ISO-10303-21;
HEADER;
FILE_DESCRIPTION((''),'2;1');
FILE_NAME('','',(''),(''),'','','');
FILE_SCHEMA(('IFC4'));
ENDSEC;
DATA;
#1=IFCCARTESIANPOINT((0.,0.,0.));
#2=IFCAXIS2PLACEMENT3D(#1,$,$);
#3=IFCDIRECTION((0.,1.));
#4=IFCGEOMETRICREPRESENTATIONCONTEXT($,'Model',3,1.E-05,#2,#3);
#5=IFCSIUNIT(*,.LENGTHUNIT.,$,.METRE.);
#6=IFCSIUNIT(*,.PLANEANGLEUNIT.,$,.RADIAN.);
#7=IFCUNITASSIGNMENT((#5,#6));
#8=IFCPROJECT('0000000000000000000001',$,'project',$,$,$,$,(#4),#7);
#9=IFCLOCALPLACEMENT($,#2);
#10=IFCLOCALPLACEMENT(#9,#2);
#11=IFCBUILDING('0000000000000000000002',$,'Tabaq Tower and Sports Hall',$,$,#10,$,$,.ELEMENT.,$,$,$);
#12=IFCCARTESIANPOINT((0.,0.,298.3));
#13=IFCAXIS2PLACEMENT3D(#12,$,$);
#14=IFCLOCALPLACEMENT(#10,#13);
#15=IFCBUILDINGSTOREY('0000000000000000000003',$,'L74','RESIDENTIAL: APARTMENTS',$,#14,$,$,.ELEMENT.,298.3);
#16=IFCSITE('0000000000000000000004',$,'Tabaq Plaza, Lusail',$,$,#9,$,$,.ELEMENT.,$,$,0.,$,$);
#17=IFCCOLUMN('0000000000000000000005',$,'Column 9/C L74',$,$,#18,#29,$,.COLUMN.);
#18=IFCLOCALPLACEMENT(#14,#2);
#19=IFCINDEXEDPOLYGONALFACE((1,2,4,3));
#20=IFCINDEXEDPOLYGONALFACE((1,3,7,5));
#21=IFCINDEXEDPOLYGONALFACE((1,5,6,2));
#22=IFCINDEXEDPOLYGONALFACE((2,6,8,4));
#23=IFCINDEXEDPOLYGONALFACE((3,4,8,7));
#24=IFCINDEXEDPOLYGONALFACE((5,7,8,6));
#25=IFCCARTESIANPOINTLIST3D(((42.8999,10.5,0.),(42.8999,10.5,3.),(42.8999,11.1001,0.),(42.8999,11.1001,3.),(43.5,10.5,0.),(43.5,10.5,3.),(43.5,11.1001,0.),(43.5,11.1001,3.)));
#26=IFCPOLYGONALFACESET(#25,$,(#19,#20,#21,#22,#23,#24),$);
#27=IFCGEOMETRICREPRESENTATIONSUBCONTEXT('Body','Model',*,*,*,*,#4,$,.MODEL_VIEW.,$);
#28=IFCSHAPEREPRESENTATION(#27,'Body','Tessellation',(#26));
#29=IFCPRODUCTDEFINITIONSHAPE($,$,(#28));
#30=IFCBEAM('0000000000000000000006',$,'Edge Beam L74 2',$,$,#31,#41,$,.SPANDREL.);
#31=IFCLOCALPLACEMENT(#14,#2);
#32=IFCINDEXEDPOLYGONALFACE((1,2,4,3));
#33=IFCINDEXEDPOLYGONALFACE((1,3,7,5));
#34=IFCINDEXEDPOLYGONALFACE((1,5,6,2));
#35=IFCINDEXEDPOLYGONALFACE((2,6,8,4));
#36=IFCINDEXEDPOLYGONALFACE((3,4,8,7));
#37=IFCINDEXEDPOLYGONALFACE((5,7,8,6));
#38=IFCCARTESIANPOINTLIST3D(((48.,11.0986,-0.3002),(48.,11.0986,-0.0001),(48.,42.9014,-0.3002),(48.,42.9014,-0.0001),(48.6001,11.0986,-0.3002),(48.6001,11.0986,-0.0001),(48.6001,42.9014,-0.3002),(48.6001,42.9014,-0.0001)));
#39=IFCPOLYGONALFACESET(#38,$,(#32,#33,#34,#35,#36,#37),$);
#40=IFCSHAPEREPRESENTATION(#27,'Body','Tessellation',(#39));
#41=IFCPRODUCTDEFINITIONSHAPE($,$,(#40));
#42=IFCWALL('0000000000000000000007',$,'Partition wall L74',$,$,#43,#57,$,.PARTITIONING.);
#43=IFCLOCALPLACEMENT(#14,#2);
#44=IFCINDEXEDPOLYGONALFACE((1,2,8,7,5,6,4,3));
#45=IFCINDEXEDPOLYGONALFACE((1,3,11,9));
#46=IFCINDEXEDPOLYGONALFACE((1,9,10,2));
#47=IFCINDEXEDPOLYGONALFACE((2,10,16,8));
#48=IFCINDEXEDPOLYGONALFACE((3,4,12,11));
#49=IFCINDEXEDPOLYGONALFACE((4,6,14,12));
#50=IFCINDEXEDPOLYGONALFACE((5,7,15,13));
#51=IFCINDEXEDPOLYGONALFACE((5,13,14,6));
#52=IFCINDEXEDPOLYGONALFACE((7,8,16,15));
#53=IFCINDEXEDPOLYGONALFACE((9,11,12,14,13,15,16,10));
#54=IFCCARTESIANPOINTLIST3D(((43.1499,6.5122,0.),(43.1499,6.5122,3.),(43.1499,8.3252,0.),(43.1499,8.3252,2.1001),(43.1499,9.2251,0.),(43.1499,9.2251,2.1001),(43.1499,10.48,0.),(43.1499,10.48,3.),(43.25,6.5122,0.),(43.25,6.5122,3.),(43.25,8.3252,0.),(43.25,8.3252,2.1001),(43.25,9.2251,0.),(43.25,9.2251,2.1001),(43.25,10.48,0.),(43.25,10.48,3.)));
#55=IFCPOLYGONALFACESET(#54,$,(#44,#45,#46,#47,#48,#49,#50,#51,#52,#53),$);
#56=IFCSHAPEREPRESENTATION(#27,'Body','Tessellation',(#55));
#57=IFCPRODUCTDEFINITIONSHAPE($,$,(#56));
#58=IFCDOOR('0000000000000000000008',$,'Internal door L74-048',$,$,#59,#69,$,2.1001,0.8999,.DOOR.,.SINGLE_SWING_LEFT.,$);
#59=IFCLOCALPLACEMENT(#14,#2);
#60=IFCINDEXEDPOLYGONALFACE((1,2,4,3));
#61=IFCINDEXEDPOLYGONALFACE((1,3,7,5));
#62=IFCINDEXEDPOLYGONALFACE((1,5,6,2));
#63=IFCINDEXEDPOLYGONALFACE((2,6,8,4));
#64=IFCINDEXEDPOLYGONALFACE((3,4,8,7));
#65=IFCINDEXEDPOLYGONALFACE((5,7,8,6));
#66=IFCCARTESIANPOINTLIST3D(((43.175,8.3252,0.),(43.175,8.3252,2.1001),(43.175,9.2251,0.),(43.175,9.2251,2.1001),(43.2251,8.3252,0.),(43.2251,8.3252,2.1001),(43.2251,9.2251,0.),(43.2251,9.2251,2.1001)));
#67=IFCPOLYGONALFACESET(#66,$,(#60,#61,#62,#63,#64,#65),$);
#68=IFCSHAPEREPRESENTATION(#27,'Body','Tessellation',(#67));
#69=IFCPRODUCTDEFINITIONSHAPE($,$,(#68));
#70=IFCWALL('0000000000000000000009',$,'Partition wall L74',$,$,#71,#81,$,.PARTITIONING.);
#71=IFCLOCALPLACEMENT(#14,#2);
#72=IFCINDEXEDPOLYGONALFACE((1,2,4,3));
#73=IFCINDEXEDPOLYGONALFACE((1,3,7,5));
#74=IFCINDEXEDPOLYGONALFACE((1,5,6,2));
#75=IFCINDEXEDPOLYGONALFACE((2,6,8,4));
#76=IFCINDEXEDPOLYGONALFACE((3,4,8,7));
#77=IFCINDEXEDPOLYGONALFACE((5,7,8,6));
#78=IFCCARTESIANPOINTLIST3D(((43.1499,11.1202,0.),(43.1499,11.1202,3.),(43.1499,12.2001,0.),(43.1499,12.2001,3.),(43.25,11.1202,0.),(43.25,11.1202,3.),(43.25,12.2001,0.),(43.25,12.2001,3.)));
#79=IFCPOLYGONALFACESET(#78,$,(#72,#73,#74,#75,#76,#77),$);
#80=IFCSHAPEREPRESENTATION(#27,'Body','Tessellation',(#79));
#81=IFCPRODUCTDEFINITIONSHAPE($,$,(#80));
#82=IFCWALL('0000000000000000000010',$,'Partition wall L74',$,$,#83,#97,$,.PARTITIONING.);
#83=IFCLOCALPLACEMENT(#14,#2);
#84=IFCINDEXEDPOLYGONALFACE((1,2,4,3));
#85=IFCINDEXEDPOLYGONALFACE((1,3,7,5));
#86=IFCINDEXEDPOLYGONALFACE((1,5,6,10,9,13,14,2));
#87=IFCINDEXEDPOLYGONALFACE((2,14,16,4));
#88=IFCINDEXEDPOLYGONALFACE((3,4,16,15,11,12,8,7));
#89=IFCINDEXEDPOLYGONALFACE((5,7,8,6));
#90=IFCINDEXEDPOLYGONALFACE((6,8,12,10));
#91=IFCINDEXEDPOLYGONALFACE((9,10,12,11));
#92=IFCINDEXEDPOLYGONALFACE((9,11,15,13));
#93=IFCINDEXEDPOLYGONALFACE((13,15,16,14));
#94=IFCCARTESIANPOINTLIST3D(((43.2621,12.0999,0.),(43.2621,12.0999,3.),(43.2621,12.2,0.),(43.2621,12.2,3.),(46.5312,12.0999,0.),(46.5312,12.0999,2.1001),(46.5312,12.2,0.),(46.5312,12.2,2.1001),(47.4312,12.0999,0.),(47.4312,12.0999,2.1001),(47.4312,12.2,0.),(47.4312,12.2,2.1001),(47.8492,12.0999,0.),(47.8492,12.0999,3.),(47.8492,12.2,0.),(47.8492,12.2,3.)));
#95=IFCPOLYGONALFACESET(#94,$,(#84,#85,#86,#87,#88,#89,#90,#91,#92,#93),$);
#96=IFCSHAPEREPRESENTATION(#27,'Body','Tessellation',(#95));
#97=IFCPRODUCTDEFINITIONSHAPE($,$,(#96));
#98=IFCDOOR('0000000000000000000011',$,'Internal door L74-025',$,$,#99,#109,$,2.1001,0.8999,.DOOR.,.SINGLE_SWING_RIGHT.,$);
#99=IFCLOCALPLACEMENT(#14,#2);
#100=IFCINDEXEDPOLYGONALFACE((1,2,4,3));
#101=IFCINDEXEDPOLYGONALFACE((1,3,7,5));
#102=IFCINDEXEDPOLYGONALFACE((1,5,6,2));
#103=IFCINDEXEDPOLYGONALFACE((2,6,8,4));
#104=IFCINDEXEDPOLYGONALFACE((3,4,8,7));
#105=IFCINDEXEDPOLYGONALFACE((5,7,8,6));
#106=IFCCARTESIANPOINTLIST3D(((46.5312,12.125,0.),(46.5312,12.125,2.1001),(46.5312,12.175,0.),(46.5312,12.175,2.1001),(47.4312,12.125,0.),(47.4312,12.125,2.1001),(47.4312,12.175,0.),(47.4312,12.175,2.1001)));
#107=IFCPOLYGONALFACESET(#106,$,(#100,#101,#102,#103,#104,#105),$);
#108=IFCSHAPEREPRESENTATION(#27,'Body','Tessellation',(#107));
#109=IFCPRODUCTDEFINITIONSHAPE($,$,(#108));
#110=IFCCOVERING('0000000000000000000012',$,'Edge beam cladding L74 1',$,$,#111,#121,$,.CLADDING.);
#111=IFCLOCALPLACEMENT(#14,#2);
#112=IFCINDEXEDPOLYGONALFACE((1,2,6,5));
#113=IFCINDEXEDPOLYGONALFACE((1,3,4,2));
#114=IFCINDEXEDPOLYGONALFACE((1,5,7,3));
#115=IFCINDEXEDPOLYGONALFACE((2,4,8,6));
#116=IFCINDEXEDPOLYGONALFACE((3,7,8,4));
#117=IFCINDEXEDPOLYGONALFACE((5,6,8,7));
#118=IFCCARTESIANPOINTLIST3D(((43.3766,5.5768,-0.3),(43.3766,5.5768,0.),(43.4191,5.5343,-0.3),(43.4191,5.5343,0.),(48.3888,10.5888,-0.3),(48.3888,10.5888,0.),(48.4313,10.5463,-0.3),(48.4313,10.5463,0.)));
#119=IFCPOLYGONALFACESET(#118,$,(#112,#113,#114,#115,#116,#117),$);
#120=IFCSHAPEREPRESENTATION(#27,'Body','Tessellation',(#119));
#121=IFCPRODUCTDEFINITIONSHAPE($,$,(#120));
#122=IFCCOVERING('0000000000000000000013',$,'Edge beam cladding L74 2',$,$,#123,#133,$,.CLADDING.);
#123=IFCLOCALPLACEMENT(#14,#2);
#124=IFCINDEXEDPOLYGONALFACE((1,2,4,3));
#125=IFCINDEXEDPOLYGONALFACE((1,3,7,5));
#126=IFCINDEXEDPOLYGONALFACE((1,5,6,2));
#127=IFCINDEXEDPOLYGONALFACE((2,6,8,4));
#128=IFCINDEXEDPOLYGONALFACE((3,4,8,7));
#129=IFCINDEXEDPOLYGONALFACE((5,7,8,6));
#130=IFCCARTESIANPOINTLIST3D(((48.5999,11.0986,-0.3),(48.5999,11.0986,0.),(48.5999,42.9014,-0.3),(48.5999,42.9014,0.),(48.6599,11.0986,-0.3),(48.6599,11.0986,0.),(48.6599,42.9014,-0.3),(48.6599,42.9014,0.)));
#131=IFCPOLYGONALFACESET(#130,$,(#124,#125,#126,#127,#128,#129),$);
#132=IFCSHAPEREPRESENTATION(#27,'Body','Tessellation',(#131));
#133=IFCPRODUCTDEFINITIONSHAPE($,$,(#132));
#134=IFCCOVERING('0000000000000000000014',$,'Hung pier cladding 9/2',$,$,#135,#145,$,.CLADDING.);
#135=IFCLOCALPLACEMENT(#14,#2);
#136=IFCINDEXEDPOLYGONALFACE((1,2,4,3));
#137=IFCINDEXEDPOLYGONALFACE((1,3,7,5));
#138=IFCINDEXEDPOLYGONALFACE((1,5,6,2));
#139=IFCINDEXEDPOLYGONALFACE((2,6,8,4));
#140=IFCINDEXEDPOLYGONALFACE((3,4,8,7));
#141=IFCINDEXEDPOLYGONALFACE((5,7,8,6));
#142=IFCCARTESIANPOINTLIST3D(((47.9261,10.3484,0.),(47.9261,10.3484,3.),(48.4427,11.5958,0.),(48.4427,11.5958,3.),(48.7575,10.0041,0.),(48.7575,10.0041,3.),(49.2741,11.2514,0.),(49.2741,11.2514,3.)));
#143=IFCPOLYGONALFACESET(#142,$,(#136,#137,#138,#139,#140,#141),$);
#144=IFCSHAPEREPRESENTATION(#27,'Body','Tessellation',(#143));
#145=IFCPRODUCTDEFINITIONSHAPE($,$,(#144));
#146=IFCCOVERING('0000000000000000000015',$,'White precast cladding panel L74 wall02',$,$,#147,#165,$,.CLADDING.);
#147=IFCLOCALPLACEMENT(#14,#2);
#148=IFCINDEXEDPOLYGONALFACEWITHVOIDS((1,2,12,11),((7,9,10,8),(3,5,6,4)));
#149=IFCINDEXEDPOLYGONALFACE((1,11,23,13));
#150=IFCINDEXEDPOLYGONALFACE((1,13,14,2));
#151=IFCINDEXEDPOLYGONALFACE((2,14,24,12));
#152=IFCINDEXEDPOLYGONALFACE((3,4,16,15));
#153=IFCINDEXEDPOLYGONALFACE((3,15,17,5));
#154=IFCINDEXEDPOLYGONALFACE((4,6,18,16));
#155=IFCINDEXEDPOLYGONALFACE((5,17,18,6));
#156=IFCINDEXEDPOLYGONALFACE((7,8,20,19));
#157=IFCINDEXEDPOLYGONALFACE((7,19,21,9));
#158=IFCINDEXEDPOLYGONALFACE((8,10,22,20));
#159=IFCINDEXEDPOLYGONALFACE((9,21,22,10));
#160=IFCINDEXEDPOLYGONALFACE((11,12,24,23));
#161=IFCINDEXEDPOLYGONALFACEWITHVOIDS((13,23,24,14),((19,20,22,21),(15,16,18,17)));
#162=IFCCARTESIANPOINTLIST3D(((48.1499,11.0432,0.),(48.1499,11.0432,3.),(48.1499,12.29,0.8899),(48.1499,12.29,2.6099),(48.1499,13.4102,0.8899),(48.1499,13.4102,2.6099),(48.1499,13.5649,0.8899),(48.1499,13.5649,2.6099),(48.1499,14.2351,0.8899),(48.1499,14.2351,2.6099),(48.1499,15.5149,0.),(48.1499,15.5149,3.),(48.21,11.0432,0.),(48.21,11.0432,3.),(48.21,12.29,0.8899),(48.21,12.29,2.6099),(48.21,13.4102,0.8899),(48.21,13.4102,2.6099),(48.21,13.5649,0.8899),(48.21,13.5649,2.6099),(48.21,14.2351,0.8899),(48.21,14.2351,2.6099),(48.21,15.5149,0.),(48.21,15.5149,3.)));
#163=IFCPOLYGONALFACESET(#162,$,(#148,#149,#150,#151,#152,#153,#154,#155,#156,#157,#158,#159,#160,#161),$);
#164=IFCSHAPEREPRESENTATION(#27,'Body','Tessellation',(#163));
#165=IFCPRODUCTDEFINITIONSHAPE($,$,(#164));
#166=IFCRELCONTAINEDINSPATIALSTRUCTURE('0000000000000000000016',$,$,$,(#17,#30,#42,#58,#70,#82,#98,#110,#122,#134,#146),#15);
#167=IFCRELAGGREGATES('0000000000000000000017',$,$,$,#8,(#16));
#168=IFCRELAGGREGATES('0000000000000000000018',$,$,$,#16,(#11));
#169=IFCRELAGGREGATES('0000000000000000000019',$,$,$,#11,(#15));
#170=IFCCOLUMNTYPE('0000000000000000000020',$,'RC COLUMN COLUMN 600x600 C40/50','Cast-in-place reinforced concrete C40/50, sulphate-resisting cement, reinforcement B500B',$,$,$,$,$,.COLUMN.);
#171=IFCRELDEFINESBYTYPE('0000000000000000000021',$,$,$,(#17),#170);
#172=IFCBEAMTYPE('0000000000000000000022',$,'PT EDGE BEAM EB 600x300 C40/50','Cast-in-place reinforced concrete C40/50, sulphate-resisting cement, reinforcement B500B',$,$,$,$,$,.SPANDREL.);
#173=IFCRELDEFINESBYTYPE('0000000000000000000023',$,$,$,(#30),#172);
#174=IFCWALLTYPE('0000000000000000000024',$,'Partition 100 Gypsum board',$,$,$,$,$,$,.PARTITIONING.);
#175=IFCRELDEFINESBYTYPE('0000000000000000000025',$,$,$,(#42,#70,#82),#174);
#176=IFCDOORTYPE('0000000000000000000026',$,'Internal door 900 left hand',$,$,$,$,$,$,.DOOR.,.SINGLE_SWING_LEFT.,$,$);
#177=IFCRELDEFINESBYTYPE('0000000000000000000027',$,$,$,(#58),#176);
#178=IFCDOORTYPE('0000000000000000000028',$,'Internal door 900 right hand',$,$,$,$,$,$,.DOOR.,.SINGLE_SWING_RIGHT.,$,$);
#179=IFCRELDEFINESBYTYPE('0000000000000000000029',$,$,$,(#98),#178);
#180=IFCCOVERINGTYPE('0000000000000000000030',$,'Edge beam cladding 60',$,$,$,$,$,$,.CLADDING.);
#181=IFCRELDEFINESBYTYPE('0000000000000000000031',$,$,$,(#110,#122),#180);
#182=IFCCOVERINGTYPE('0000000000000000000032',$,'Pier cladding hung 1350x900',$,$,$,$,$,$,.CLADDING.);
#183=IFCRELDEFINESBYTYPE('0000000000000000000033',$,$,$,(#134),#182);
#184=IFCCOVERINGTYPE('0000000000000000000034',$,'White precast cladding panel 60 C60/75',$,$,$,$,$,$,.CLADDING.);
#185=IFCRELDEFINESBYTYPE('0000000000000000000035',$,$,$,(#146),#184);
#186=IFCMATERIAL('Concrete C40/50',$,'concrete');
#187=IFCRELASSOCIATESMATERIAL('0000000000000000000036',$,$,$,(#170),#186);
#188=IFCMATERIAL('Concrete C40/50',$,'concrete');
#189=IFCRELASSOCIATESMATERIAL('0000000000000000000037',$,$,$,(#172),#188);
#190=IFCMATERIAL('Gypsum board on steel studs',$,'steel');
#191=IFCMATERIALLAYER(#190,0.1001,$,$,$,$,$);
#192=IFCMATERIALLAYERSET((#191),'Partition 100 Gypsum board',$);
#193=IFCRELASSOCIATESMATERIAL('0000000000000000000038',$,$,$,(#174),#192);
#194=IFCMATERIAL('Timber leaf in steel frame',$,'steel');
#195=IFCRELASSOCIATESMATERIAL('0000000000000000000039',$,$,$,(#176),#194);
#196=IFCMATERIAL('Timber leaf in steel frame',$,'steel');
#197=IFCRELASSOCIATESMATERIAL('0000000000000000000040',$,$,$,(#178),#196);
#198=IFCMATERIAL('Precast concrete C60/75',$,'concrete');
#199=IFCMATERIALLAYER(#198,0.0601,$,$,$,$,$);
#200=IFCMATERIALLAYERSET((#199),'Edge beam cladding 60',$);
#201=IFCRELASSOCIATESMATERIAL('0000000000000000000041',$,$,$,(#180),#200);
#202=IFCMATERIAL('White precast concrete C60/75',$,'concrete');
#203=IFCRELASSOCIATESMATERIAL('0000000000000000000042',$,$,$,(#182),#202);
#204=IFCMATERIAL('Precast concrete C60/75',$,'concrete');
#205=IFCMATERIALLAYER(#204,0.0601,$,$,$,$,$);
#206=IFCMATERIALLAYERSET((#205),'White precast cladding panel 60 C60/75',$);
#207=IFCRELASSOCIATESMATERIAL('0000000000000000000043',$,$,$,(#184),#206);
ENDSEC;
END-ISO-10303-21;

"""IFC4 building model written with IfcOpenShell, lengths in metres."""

from ifc_helpers import new_model, si_unit, direction, frame, frame_2d, origin, origin_2d, place, context, subcontext, project, spatial, polyline, rectangle, outline, extrude, material, layer, layer_set, material_profile, profile_set, type_object, element, fill, save


model = new_model("IFC4")

# Units and contexts
model_context = context("Model", 3, precision=1e-05, world=origin(), true_north=direction((0.0, 1.0)))
body_context = subcontext(model_context, "Body", "Model", "MODEL_VIEW")
ifc_project = project(units=[si_unit("LENGTHUNIT", "METRE"), si_unit("PLANEANGLEUNIT", "RADIAN")], contexts=[model_context])

# Site, building, storey
site_placement = place(None, origin())
site = spatial("IfcSite", under=ifc_project, at=site_placement, Name="Tabaq Plaza, Lusail", CompositionType="ELEMENT", RefElevation=0.0)
building_placement = place(site_placement, origin())
building = spatial("IfcBuilding", under=site, at=building_placement, Name="Tabaq Tower and Sports Hall", CompositionType="ELEMENT")
storey_placement = place(building_placement, frame((0.0, 0.0, 298.3)))
storey = spatial("IfcBuildingStorey", under=building, at=storey_placement, Name="L74", Description="RESIDENTIAL: APARTMENTS", CompositionType="ELEMENT", Elevation=298.3)

# Column
ifc_material_1 = material(Name="Concrete C40/50", Category="concrete")
ifc_material_profile_1 = material_profile(ifc_material_1, rectangle(XDim=0.6001, YDim=0.6001, at=origin_2d()), Name="COLUMN 600x600")
ifc_profile_set_1 = profile_set([ifc_material_profile_1], Name="Concrete C40/50")
column_type = type_object("IfcColumnType", Name="RC COLUMN COLUMN 600x600 C40/50", Description="Cast-in-place reinforced concrete C40/50, sulphate-resisting cement, reinforcement B500B", PredefinedType="COLUMN", material=ifc_profile_set_1)
column_placement = place(storey_placement, frame((43.2, 10.8, 0.0), z_axis=(0.0, 0.0, 1.0), x_axis=(1.0, 0.0, 0.0)))
element("IfcColumn", 1, at=column_placement, inside=storey, type_object=column_type, Name="Column 9/C L74", PredefinedType="COLUMN", context=body_context, shape_type="SweptSolid", body=[
    extrude(rectangle(XDim=0.6001, YDim=0.6001, at=origin_2d()), origin(), (0.0, 0.0, 1.0), 3.0),
])

# Beam
ifc_material_2 = material(Name="Concrete C40/50", Category="concrete")
ifc_material_profile_2 = material_profile(ifc_material_2, rectangle(XDim=0.6001, YDim=0.3, at=origin_2d()), Name="EB 600x300")
ifc_profile_set_2 = profile_set([ifc_material_profile_2], Name="Concrete C40/50")
beam_type = type_object("IfcBeamType", Name="PT EDGE BEAM EB 600x300 C40/50", Description="Cast-in-place reinforced concrete C40/50, sulphate-resisting cement, reinforcement B500B", PredefinedType="SPANDREL", material=ifc_profile_set_2)
beam_placement = place(storey_placement, frame((48.3, 11.0986, -0.1501), z_axis=(0.0, 1.0, 0.0), x_axis=(-1.0, 0.0, 0.0)))
element("IfcBeam", 2, at=beam_placement, inside=storey, type_object=beam_type, Name="Edge Beam L74 2", PredefinedType="SPANDREL", context=body_context, shape_type="SweptSolid", body=[
    extrude(rectangle(XDim=0.6001, YDim=0.3, at=origin_2d()), origin(), (0.0, 0.0, 1.0), 31.8027),
])

# Wall, opening, door
ifc_material_3 = material(Name="Gypsum board on steel studs", Category="steel")
ifc_layer_1 = layer(ifc_material_3, 0.1001)
ifc_layer_set_1 = layer_set([ifc_layer_1], Name="Partition 100 Gypsum board")
wall_type_1 = type_object("IfcWallType", Name="Partition 100 Gypsum board", PredefinedType="PARTITIONING", material=ifc_layer_set_1)
wall_1_placement = place(storey_placement, frame((43.2, 6.5122, 0.0), z_axis=(0.0, 0.0, 1.0), x_axis=(0.0, 1.0, 0.0)))
wall_1 = element("IfcWall", 3, at=wall_1_placement, inside=storey, type_object=wall_type_1, Name="Partition wall L74", PredefinedType="PARTITIONING", context=body_context, shape_type="SweptSolid", body=[
    extrude(rectangle(XDim=3.9678, YDim=0.1001, at=frame_2d((1.9839, 0.0))), origin(), (0.0, 0.0, 1.0), 3.0),
])
opening_1_placement = place(wall_1_placement, frame((1.813, 0.0, 0.0)))
opening_1 = element("IfcOpeningElement", 4, at=opening_1_placement, cuts=wall_1, PredefinedType="OPENING", context=body_context, shape_type="SweptSolid", body=[
    extrude(rectangle(XDim=0.8999, YDim=2.1001, at=frame_2d((0.45, 1.05))), frame((0.0, 0.05, 0.0), z_axis=(0.0, -1.0, 0.0), x_axis=(1.0, 0.0, 0.0)), (0.0, 0.0, 1.0), 0.1001),
])
ifc_material_4 = material(Name="Timber leaf in steel frame", Category="steel")
door_type_1 = type_object("IfcDoorType", Name="Internal door 900 left hand", OperationType="SINGLE_SWING_LEFT", PredefinedType="DOOR", material=ifc_material_4)
door_1_placement = place(opening_1_placement, origin())
door_1 = element("IfcDoor", 5, at=door_1_placement, inside=storey, type_object=door_type_1, Name="Internal door L74-048", OperationType="SINGLE_SWING_LEFT", OverallHeight=2.1001, OverallWidth=0.8999, PredefinedType="DOOR", context=body_context, shape_type="SweptSolid", body=[
    extrude(rectangle(XDim=0.8999, YDim=2.1001, at=frame_2d((0.45, 1.05))), frame((0.0, 0.0249, 0.0), z_axis=(0.0, -1.0, 0.0), x_axis=(1.0, 0.0, 0.0)), (0.0, 0.0, 1.0), 0.05),
])
fill(opening_1, door_1)

# Wall
wall_2_placement = place(storey_placement, frame((43.2, 11.1201, 0.0), z_axis=(0.0, 0.0, 1.0), x_axis=(0.0, 1.0, 0.0)))
element("IfcWall", 6, at=wall_2_placement, inside=storey, type_object=wall_type_1, Name="Partition wall L74", PredefinedType="PARTITIONING", context=body_context, shape_type="SweptSolid", body=[
    extrude(rectangle(XDim=1.0798, YDim=0.1001, at=frame_2d((0.54, 0.0))), origin(), (0.0, 0.0, 1.0), 3.0),
])

# Wall, opening, door
wall_3_placement = place(storey_placement, frame((47.8491, 12.1499, 0.0), z_axis=(0.0, 0.0, 1.0), x_axis=(-1.0, 0.0, 0.0)))
wall_3 = element("IfcWall", 7, at=wall_3_placement, inside=storey, type_object=wall_type_1, Name="Partition wall L74", PredefinedType="PARTITIONING", context=body_context, shape_type="SweptSolid", body=[
    extrude(rectangle(XDim=4.5872, YDim=0.1001, at=frame_2d((2.2935, 0.0))), origin(), (0.0, 0.0, 1.0), 3.0),
])
opening_2_placement = place(wall_3_placement, frame((0.418, 0.0, 0.0)))
opening_2 = element("IfcOpeningElement", 8, at=opening_2_placement, cuts=wall_3, PredefinedType="OPENING", context=body_context, shape_type="SweptSolid", body=[
    extrude(rectangle(XDim=0.8999, YDim=2.1001, at=frame_2d((0.45, 1.05))), frame((0.0, 0.05, 0.0), z_axis=(0.0, -1.0, 0.0), x_axis=(1.0, 0.0, 0.0)), (0.0, 0.0, 1.0), 0.1001),
])
ifc_material_5 = material(Name="Timber leaf in steel frame", Category="steel")
door_type_2 = type_object("IfcDoorType", Name="Internal door 900 right hand", OperationType="SINGLE_SWING_RIGHT", PredefinedType="DOOR", material=ifc_material_5)
door_2_placement = place(opening_2_placement, origin())
door_2 = element("IfcDoor", 9, at=door_2_placement, inside=storey, type_object=door_type_2, Name="Internal door L74-025", OperationType="SINGLE_SWING_RIGHT", OverallHeight=2.1001, OverallWidth=0.8999, PredefinedType="DOOR", context=body_context, shape_type="SweptSolid", body=[
    extrude(rectangle(XDim=0.8999, YDim=2.1001, at=frame_2d((0.45, 1.05))), frame((0.0, 0.0249, 0.0), z_axis=(0.0, -1.0, 0.0), x_axis=(1.0, 0.0, 0.0)), (0.0, 0.0, 1.0), 0.05),
])
fill(opening_2, door_2)

# Coverings
ifc_material_6 = material(Name="Precast concrete C60/75", Category="concrete")
ifc_layer_2 = layer(ifc_material_6, 0.0601)
ifc_layer_set_2 = layer_set([ifc_layer_2], Name="Edge beam cladding 60")
covering_type_1 = type_object("IfcCoveringType", Name="Edge beam cladding 60", PredefinedType="CLADDING", material=ifc_layer_set_2)
covering_1_placement = place(storey_placement, frame((43.3979, 5.5557, -0.3), z_axis=(0.0, 0.0, 1.0), x_axis=(0.707124, 0.70709, 0.0)))
element("IfcCovering", 10, at=covering_1_placement, inside=storey, type_object=covering_type_1, Name="Edge beam cladding L74 1", PredefinedType="CLADDING", context=body_context, shape_type="SweptSolid", body=[
    extrude(rectangle(XDim=7.0881, YDim=0.0601, at=frame_2d((3.5439, 0.0))), origin(), (0.0, 0.0, 1.0), 0.3),
])
covering_2_placement = place(storey_placement, frame((48.6299, 11.0986, -0.3), z_axis=(0.0, 0.0, 1.0), x_axis=(0.0, 1.0, 0.0)))
element("IfcCovering", 11, at=covering_2_placement, inside=storey, type_object=covering_type_1, Name="Edge beam cladding L74 2", PredefinedType="CLADDING", context=body_context, shape_type="SweptSolid", body=[
    extrude(rectangle(XDim=31.8027, YDim=0.0601, at=frame_2d((15.9014, 0.0))), origin(), (0.0, 0.0, 1.0), 0.3),
])
ifc_material_7 = material(Name="White precast concrete C60/75", Category="concrete")
covering_type_2 = type_object("IfcCoveringType", Name="Pier cladding hung 1350x900", PredefinedType="CLADDING", material=ifc_material_7)
covering_3_placement = place(storey_placement, frame((48.3418, 10.1763, 0.0), z_axis=(0.0, 0.0, 1.0), x_axis=(0.38265, 0.923893, 0.0)))
element("IfcCovering", 12, at=covering_3_placement, inside=storey, type_object=covering_type_2, Name="Hung pier cladding 9/2", PredefinedType="CLADDING", context=body_context, shape_type="SweptSolid", body=[
    extrude(rectangle(XDim=1.3501, YDim=0.8999, at=frame_2d((0.675, 0.0))), origin(), (0.0, 0.0, 1.0), 3.0),
])
ifc_material_8 = material(Name="Precast concrete C60/75", Category="concrete")
ifc_layer_3 = layer(ifc_material_8, 0.0601)
ifc_layer_set_3 = layer_set([ifc_layer_3], Name="White precast cladding panel 60 C60/75")
covering_type_3 = type_object("IfcCoveringType", Name="White precast cladding panel 60 C60/75", PredefinedType="CLADDING", material=ifc_layer_set_3)
covering_4_placement = place(storey_placement, frame((48.1799, 11.0432, 0.0), z_axis=(0.0, 0.0, 1.0), x_axis=(0.0, 1.0, 0.0)))
element("IfcCovering", 13, at=covering_4_placement, inside=storey, type_object=covering_type_3, Name="White precast cladding panel L74 wall02", PredefinedType="CLADDING", context=body_context, shape_type="SweptSolid", body=[
    extrude(outline(polyline([(0.0, 0.0), (4.4717, 0.0), (4.4717, 3.0), (0.0, 3.0), (0.0, 0.0)]), holes=[polyline([(1.2468, 2.6099), (2.3669, 2.6099), (2.3669, 0.8899), (1.2468, 0.8899), (1.2468, 2.6099)]), polyline([(2.5217, 2.6099), (3.1919, 2.6099), (3.1919, 0.8899), (2.5217, 0.8899), (2.5217, 2.6099)])]), frame((0.0, 0.03, 0.0), z_axis=(0.0, -1.0, 0.0), x_axis=(1.0, 0.0, 0.0)), (0.0, 0.0, 1.0), 0.0601),
])

save(model, "model.ifc")
